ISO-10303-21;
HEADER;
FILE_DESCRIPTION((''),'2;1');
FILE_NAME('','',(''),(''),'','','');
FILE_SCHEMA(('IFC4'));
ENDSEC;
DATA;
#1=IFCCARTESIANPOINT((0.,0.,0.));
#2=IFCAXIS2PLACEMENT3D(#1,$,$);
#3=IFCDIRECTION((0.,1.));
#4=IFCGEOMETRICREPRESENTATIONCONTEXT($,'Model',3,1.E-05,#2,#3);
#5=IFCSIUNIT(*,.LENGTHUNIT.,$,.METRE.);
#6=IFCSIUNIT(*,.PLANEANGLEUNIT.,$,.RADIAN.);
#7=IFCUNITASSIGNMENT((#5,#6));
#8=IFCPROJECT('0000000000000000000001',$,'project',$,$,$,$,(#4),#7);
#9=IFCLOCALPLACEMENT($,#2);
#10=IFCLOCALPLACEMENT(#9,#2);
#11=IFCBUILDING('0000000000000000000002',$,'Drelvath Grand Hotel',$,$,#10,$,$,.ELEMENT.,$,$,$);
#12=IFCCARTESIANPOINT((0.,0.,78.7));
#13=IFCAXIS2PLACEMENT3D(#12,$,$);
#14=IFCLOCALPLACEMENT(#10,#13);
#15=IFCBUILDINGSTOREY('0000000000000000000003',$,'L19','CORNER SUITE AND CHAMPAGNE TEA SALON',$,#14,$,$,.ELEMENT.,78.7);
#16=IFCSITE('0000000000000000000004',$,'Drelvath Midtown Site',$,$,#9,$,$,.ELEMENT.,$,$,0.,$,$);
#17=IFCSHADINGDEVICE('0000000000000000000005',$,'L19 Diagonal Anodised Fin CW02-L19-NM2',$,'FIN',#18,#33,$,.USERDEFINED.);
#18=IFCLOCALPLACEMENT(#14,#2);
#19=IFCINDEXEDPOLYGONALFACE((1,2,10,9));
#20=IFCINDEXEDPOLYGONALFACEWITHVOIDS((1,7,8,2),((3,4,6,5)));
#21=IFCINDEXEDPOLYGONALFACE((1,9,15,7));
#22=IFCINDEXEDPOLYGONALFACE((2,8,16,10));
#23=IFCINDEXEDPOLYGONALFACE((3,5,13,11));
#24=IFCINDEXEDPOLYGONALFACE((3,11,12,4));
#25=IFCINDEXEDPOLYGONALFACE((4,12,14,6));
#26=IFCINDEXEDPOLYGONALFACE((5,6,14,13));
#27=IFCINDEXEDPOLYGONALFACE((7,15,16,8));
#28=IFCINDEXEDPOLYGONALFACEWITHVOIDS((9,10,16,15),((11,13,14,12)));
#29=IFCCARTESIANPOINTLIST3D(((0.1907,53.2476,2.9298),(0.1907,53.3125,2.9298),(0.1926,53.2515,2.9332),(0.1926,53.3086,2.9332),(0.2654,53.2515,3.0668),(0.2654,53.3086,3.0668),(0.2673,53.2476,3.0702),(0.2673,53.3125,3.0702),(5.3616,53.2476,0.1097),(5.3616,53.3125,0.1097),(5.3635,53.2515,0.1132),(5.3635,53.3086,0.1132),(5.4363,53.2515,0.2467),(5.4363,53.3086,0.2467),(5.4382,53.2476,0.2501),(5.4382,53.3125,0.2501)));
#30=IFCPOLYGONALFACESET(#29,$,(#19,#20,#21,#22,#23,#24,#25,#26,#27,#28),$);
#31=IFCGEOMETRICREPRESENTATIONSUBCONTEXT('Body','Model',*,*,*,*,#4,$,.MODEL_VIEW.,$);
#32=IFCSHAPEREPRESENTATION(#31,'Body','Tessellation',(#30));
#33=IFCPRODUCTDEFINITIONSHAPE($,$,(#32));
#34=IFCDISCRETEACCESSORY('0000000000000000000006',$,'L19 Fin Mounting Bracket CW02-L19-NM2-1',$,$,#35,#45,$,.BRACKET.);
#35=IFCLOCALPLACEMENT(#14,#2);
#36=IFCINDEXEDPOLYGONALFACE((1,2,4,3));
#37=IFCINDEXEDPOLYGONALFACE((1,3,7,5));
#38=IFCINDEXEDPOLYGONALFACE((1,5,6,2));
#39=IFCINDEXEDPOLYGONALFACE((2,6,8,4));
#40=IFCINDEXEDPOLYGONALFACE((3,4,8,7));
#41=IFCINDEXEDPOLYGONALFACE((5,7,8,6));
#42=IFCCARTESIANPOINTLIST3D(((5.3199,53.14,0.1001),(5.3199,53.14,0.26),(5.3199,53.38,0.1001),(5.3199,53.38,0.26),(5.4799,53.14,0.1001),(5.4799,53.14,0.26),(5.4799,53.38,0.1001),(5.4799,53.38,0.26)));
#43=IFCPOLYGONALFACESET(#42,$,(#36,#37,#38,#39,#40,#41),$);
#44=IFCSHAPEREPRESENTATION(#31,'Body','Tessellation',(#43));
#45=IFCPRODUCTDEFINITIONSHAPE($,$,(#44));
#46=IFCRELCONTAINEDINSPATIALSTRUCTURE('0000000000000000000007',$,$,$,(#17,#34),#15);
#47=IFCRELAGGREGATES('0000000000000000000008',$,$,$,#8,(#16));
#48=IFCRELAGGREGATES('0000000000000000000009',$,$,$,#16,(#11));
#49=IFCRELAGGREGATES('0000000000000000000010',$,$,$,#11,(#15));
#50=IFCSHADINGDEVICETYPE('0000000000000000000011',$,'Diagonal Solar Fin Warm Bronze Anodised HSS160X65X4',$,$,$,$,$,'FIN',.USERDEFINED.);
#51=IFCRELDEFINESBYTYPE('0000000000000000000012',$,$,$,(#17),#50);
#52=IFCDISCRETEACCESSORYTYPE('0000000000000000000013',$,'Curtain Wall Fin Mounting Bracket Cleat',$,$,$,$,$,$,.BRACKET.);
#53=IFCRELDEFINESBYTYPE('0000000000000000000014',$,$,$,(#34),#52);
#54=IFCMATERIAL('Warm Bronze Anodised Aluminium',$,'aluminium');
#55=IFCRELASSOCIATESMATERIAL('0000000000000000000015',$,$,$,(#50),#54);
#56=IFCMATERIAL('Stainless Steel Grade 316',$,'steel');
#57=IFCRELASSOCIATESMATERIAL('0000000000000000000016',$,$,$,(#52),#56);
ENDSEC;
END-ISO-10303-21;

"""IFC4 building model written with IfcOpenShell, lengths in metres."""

from ifc_helpers import new_model, si_unit, direction, frame, origin, origin_2d, place, context, subcontext, project, spatial, rectangle, hollow_rectangle, extrude, material, material_profile, profile_set, type_object, element, save


model = new_model("IFC4")

# Units and contexts
model_context = context("Model", 3, precision=1e-05, world=origin(), true_north=direction((0.0, 1.0)))
body_context = subcontext(model_context, "Body", "Model", "MODEL_VIEW")
ifc_project = project(units=[si_unit("LENGTHUNIT", "METRE"), si_unit("PLANEANGLEUNIT", "RADIAN")], contexts=[model_context])

# Site, building, storey
site_placement = place(None, origin())
site = spatial("IfcSite", under=ifc_project, at=site_placement, Name="Drelvath Midtown Site", CompositionType="ELEMENT", RefElevation=0.0)
building_placement = place(site_placement, origin())
building = spatial("IfcBuilding", under=site, at=building_placement, Name="Drelvath Grand Hotel", CompositionType="ELEMENT")
storey_placement = place(building_placement, frame((0.0, 0.0, 78.7)))
storey = spatial("IfcBuildingStorey", under=building, at=storey_placement, Name="L19", Description="CORNER SUITE AND CHAMPAGNE TEA SALON", CompositionType="ELEMENT", Elevation=78.7)

# Shading device
ifc_material_1 = material(Name="Warm Bronze Anodised Aluminium", Category="aluminium")
ifc_material_profile_1 = material_profile(ifc_material_1, hollow_rectangle(XDim=0.0649, YDim=0.1599, WallThickness=0.0039, at=origin_2d()), Name="HSS160X65X4")
ifc_profile_set_1 = profile_set([ifc_material_profile_1], Name="Warm Bronze Anodised Aluminium")
shading_device_type = type_object("IfcShadingDeviceType", Name="Diagonal Solar Fin Warm Bronze Anodised HSS160X65X4", ElementType="FIN", PredefinedType="USERDEFINED", material=ifc_profile_set_1)
shading_device_placement = place(storey_placement, frame((5.3999, 53.28, 0.1799), z_axis=(-0.877926, 0.0, 0.478797), x_axis=(0.0, -1.0, 0.0)))
element("IfcShadingDevice", 1, at=shading_device_placement, inside=storey, type_object=shading_device_type, Name="L19 Diagonal Anodised Fin CW02-L19-NM2", ObjectType="FIN", PredefinedType="USERDEFINED", context=body_context, shape_type="SweptSolid", body=[
    extrude(hollow_rectangle(XDim=0.0649, YDim=0.1599, WallThickness=0.0039, at=origin_2d()), origin(), (0.0, 0.0, 1.0), 5.8899),
])

# Discrete accessory
ifc_material_2 = material(Name="Stainless Steel Grade 316", Category="steel")
discrete_accessory_type = type_object("IfcDiscreteAccessoryType", Name="Curtain Wall Fin Mounting Bracket Cleat", PredefinedType="BRACKET", material=ifc_material_2)
discrete_accessory_placement = place(storey_placement, frame((5.3999, 53.26, 0.1001), z_axis=(0.0, 0.0, 1.0), x_axis=(1.0, 0.0, 0.0)))
element("IfcDiscreteAccessory", 2, at=discrete_accessory_placement, inside=storey, type_object=discrete_accessory_type, Name="L19 Fin Mounting Bracket CW02-L19-NM2-1", PredefinedType="BRACKET", context=body_context, shape_type="SweptSolid", body=[
    extrude(rectangle(XDim=0.1599, YDim=0.24, at=origin_2d()), origin(), (0.0, 0.0, 1.0), 0.1599),
])

save(model, "model.ifc")
